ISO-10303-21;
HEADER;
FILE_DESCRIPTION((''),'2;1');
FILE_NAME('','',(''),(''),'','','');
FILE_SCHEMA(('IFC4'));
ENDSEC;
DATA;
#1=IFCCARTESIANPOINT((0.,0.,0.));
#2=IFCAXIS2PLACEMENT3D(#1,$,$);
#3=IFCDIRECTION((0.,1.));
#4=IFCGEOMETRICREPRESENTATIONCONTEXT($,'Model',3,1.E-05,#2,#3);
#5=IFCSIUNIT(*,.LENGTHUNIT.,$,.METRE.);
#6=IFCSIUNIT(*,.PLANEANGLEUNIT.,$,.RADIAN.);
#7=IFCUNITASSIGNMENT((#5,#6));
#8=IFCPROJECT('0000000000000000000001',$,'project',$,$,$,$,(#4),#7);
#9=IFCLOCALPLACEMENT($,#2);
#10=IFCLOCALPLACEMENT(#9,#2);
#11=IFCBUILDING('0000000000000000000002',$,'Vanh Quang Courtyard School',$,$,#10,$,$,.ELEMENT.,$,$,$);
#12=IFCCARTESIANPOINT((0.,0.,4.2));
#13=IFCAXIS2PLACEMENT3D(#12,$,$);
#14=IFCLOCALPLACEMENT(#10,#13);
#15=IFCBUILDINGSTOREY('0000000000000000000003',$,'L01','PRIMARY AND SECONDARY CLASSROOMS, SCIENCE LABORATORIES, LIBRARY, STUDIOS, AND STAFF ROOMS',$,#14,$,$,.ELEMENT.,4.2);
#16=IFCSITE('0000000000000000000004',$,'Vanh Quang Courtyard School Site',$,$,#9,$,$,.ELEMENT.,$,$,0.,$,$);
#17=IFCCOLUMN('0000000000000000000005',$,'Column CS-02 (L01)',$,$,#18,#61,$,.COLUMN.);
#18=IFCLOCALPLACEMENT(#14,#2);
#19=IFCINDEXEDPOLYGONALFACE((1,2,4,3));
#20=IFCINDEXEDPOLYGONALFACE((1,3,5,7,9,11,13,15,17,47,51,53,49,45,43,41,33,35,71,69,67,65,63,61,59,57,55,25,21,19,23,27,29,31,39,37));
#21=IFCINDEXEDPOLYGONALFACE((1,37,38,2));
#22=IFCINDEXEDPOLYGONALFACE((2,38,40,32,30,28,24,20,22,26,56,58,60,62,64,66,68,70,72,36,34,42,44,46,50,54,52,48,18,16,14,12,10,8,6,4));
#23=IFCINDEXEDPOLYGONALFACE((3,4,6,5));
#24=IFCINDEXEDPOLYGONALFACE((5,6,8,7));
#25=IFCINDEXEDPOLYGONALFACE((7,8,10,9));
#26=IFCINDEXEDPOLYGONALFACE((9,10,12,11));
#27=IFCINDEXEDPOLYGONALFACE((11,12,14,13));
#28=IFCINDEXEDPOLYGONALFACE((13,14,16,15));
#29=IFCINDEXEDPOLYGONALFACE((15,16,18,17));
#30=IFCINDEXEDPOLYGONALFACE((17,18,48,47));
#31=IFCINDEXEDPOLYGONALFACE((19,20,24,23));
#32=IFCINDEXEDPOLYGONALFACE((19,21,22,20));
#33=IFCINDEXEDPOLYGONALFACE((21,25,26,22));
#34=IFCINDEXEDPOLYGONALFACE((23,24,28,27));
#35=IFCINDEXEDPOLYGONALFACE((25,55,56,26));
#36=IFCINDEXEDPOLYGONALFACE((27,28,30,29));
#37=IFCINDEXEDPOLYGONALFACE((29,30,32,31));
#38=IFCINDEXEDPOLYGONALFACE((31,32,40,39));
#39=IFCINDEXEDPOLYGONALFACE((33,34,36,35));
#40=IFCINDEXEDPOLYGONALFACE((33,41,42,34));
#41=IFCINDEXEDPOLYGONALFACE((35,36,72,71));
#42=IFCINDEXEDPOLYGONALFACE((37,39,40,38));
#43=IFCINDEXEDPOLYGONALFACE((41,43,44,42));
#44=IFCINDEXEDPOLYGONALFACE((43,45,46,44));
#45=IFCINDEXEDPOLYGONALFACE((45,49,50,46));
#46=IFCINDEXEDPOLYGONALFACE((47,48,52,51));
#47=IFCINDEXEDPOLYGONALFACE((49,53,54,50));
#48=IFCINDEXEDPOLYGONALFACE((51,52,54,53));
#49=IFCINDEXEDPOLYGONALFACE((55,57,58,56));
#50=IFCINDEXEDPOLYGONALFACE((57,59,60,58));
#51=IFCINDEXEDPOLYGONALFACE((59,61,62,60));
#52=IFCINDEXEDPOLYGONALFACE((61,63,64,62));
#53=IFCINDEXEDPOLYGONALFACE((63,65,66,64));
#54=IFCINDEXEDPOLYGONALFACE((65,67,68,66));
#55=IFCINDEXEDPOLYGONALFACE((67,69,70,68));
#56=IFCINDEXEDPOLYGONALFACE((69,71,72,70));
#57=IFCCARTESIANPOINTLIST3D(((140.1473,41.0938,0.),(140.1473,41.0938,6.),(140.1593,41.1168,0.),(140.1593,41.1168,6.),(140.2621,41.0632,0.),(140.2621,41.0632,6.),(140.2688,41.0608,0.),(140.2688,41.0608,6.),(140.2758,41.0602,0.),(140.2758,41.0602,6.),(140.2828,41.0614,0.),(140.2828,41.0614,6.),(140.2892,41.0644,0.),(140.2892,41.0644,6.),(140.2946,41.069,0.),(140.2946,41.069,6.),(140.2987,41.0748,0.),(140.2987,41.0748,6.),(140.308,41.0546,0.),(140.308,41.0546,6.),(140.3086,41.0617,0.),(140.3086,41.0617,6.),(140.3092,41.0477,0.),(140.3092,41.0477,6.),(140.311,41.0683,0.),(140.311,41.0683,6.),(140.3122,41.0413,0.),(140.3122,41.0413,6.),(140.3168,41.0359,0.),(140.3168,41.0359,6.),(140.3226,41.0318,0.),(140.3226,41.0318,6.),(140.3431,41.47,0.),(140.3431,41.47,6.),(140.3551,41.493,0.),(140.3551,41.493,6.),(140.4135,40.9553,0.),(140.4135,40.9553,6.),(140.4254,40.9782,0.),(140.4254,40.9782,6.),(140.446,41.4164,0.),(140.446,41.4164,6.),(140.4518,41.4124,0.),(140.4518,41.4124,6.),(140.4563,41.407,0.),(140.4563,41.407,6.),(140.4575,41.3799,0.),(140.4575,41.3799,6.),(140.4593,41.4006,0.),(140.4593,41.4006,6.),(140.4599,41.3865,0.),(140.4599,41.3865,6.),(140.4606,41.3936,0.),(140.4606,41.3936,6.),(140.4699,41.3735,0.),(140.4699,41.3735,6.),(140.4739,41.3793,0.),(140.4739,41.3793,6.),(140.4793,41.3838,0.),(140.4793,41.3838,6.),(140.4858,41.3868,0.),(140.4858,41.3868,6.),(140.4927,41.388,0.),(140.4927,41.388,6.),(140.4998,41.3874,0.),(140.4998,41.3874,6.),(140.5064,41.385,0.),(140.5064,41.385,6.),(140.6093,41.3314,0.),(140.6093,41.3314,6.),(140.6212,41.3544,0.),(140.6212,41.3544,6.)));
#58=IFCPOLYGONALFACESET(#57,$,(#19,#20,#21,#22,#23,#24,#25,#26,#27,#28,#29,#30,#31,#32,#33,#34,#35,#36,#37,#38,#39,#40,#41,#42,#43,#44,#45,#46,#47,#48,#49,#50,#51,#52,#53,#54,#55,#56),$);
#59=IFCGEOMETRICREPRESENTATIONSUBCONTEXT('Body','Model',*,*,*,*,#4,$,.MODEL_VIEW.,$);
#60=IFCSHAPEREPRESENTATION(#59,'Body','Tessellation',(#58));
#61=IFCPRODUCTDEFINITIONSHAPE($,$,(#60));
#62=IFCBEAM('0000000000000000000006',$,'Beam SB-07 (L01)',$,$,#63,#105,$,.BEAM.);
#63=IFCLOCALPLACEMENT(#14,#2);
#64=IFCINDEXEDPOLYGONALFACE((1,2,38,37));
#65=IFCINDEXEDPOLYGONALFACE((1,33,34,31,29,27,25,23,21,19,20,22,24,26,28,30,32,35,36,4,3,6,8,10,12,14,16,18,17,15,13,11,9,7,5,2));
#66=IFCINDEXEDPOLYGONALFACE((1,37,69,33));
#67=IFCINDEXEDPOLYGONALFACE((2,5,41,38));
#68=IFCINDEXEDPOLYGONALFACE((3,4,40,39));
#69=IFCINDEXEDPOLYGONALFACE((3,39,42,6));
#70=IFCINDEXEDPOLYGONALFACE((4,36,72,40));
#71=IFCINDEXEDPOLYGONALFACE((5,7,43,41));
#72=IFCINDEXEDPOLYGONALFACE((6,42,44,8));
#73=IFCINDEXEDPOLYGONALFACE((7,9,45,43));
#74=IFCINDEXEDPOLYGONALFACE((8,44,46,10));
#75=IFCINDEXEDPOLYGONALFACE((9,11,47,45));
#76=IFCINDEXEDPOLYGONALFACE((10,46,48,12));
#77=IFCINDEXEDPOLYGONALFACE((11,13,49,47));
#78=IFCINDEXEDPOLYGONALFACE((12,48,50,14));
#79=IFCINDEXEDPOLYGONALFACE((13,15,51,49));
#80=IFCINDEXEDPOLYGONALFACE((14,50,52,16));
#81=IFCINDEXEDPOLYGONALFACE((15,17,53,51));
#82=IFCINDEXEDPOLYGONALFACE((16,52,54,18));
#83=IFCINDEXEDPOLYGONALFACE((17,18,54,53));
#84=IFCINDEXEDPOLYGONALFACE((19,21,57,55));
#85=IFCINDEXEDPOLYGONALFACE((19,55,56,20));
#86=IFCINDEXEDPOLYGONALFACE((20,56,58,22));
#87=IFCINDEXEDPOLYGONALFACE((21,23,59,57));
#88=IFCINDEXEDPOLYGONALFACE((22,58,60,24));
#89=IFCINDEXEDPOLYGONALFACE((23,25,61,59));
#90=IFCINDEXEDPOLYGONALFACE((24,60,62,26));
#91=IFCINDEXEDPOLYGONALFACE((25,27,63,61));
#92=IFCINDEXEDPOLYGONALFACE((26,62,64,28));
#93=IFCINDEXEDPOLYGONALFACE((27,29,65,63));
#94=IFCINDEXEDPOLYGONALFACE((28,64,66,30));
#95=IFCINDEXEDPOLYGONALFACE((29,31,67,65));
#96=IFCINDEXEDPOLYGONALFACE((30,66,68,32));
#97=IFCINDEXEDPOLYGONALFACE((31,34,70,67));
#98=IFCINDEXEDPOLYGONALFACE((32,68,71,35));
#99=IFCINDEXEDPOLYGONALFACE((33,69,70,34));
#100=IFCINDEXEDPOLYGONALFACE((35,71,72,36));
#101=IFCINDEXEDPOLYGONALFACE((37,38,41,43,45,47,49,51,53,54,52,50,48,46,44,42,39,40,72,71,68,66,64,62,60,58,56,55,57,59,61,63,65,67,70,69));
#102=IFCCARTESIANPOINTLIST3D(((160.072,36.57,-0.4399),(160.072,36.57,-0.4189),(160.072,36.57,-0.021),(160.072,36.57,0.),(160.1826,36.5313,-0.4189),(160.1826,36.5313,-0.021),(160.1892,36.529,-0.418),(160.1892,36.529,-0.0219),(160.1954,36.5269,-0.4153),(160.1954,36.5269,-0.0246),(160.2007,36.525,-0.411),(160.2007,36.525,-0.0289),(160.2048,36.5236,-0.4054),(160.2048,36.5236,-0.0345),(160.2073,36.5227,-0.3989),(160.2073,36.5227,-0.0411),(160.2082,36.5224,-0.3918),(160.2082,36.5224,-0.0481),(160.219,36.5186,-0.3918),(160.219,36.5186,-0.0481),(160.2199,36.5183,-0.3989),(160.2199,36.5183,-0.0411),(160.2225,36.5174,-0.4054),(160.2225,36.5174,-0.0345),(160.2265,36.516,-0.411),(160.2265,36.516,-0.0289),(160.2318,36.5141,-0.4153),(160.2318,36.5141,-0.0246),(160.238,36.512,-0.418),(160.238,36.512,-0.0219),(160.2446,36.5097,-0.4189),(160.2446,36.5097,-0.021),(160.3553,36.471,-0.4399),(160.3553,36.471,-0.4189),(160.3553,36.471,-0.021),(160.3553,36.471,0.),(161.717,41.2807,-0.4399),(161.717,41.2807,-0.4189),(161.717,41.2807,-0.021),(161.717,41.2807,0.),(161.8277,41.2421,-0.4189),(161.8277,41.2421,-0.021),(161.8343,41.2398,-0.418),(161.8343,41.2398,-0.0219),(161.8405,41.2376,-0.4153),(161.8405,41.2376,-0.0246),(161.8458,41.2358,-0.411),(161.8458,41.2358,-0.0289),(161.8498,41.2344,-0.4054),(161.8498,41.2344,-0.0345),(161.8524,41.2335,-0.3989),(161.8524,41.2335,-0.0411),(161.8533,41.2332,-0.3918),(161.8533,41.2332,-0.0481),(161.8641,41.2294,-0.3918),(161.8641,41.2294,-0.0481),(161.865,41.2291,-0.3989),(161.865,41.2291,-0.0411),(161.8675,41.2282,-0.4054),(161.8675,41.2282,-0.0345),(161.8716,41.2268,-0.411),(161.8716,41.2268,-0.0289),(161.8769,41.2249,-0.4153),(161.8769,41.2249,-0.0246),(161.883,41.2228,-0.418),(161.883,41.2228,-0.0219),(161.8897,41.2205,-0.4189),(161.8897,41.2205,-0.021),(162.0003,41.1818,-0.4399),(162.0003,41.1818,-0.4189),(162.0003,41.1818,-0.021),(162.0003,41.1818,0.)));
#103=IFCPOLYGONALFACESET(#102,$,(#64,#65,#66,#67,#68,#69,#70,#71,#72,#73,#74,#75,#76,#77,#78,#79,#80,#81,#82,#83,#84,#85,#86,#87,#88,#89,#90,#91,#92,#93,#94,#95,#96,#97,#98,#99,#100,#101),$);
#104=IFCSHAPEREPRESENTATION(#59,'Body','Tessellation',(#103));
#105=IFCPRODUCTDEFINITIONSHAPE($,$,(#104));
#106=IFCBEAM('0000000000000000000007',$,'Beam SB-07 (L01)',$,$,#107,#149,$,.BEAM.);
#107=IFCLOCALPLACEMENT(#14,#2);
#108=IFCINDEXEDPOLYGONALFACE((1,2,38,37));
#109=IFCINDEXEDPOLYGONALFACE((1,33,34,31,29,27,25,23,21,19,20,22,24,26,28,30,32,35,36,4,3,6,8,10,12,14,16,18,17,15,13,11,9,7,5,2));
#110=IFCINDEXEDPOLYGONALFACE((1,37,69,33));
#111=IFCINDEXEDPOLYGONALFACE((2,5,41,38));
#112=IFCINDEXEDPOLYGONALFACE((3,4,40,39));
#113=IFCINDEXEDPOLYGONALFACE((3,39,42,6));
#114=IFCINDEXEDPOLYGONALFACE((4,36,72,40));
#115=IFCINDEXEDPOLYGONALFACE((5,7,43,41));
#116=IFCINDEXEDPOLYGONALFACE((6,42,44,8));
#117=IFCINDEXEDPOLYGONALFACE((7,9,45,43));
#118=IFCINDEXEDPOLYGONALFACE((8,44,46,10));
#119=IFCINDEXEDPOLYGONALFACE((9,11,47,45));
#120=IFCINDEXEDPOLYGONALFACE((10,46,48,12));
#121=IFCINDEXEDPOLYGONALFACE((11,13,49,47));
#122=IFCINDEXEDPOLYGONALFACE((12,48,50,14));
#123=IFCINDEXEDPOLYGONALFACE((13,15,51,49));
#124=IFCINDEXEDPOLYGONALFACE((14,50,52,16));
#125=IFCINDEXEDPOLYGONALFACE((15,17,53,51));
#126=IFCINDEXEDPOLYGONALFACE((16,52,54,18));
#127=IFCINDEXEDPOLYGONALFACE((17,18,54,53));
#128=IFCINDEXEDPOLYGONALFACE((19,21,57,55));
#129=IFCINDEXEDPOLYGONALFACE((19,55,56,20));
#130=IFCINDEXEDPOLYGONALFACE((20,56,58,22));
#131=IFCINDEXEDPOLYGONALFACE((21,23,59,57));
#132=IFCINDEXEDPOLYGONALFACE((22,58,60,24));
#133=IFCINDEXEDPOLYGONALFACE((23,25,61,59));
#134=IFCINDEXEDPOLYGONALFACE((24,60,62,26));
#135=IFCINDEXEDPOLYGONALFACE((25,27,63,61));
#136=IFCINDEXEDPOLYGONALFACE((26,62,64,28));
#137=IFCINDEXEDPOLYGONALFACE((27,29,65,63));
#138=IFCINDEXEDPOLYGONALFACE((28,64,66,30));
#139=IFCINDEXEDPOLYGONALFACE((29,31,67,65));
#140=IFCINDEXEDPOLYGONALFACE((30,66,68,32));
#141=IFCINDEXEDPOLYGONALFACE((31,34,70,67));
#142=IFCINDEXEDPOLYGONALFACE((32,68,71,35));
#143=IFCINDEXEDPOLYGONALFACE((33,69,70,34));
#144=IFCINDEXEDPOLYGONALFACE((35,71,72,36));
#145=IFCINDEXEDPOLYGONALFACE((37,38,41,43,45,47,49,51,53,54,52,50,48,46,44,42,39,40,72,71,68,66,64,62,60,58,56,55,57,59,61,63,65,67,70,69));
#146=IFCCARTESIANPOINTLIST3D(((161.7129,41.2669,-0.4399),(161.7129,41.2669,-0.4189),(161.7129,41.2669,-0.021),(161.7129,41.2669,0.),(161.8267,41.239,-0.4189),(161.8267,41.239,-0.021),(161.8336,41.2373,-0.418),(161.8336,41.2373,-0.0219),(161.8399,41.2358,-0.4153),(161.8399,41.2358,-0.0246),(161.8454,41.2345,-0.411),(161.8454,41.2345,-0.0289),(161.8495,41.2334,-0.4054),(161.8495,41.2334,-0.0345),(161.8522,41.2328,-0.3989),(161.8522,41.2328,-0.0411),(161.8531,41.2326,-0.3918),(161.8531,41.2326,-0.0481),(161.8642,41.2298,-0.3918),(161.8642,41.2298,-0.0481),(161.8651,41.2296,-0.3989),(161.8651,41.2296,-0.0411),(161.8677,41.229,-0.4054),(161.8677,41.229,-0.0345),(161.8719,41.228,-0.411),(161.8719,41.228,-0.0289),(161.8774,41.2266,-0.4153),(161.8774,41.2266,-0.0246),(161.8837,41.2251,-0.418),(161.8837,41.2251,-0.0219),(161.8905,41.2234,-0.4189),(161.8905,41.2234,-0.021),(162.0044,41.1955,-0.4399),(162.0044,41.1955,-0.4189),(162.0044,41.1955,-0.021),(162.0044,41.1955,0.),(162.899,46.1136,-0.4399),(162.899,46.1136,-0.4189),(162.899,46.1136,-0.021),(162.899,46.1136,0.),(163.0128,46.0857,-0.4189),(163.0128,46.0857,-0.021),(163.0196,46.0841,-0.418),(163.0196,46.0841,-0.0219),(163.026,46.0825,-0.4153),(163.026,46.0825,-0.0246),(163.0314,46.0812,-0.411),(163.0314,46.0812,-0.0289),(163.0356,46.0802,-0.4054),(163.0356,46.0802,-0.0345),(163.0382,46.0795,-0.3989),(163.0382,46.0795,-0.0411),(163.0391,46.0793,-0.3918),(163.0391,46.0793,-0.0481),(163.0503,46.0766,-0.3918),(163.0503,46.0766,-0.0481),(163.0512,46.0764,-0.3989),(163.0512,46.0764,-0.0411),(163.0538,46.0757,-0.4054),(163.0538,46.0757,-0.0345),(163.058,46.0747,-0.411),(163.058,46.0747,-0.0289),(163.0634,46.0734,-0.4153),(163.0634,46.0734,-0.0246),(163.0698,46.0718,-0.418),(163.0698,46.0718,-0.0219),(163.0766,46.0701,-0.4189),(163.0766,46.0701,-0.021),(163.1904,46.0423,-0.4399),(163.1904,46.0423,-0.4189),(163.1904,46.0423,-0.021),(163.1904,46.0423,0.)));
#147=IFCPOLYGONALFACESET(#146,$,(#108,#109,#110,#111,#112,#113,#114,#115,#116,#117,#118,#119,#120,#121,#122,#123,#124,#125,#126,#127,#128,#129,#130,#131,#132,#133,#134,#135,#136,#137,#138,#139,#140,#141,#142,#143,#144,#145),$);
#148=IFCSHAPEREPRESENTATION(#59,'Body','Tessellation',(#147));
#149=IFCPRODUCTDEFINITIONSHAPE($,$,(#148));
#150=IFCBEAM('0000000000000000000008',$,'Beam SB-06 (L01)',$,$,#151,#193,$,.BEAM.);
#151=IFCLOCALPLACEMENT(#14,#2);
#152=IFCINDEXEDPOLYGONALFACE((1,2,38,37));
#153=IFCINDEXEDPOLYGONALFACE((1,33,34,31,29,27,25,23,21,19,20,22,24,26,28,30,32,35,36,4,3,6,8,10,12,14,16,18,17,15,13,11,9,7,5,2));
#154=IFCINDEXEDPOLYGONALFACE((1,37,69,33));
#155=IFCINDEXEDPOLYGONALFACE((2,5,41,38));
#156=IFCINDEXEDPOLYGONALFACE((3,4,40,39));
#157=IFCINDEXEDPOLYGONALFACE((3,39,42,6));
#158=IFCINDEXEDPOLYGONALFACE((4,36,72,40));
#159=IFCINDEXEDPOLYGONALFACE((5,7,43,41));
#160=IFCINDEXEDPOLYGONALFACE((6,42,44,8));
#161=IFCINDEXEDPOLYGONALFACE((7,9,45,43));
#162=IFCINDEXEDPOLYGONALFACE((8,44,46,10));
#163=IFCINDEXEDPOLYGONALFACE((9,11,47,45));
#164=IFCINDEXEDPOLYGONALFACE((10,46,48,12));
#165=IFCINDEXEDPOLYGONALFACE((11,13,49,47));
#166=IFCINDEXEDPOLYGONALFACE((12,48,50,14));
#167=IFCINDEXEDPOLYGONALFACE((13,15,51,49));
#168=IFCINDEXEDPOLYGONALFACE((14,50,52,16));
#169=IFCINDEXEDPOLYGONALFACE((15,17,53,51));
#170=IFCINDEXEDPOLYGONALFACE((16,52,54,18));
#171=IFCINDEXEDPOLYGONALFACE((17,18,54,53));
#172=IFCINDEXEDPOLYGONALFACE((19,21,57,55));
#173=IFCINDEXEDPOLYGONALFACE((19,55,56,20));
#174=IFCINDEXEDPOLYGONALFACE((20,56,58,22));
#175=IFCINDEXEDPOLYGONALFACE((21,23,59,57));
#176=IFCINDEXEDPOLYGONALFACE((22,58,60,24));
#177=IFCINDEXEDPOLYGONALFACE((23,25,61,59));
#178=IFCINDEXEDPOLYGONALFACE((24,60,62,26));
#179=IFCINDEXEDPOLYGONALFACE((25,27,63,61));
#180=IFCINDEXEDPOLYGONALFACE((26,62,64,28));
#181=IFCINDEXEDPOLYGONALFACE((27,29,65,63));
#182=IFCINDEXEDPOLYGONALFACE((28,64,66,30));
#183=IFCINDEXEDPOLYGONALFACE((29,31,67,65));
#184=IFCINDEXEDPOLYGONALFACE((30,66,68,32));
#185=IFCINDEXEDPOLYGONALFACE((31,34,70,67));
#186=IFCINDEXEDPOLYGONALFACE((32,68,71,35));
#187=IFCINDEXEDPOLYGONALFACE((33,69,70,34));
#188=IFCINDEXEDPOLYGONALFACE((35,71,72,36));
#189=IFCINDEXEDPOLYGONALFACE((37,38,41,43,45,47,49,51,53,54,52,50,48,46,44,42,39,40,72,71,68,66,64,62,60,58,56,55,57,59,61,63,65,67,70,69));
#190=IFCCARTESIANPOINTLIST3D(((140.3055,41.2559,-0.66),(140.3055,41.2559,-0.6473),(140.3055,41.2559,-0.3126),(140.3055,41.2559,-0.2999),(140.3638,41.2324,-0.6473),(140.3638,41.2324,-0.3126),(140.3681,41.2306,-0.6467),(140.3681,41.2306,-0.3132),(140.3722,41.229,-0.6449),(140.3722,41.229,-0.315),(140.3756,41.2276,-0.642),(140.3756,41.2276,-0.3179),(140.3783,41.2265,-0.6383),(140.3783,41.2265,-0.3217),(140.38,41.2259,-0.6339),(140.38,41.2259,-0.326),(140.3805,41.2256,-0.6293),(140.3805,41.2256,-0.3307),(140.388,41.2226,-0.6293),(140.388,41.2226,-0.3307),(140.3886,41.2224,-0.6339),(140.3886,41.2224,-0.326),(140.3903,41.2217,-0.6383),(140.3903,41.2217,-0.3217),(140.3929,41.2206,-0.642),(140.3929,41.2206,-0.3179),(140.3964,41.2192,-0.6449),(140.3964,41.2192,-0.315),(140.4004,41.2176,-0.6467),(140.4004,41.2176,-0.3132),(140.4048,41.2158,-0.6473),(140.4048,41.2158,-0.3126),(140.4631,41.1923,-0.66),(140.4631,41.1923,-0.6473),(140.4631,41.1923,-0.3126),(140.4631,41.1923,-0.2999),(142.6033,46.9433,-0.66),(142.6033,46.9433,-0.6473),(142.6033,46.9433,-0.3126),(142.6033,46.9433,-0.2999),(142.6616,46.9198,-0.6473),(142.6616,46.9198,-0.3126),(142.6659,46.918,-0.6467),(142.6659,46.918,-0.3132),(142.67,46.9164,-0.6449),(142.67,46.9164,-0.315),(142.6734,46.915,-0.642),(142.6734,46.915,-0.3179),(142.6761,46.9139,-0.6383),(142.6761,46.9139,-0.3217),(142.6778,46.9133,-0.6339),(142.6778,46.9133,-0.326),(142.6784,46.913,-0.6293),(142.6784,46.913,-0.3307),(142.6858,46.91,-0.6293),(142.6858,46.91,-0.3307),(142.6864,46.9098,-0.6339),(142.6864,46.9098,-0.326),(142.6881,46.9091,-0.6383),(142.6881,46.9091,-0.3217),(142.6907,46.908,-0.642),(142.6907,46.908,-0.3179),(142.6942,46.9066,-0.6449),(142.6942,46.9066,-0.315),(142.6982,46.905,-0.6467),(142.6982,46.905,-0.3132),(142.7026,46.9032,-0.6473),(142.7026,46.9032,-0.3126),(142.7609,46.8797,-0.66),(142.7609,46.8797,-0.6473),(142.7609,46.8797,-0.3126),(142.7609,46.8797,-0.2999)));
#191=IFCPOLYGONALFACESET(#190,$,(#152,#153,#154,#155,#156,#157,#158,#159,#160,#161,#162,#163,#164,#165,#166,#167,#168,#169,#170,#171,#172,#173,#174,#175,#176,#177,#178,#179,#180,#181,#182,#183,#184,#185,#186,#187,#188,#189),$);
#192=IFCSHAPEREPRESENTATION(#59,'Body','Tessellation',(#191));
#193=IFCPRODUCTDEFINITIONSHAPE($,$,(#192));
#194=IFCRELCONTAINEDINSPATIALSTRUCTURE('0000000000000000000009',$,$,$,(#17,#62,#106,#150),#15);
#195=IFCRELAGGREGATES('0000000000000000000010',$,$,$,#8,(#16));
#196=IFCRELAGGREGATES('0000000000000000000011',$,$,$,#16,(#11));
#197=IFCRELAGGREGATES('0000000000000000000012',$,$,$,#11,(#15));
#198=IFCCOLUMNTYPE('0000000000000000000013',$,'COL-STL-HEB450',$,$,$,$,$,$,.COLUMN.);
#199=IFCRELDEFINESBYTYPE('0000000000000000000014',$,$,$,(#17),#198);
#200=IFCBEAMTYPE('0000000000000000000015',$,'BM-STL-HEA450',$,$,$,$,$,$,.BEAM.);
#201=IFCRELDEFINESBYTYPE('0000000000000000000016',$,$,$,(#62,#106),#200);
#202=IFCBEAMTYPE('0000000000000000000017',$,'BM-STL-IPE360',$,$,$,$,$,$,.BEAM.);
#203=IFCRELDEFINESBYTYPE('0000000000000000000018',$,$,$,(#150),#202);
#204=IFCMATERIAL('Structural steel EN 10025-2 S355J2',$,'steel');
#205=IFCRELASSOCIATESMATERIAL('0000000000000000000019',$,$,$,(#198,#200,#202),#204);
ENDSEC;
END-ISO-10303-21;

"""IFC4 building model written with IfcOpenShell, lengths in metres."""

from ifc_helpers import new_model, si_unit, direction, frame, origin, origin_2d, place, context, subcontext, project, spatial, i_section, extrude, material, material_profile, profile_set, type_object, element, save


model = new_model("IFC4")

# Units and contexts
model_context = context("Model", 3, precision=1e-05, world=origin(), true_north=direction((0.0, 1.0)))
body_context = subcontext(model_context, "Body", "Model", "MODEL_VIEW")
ifc_project = project(units=[si_unit("LENGTHUNIT", "METRE"), si_unit("PLANEANGLEUNIT", "RADIAN")], contexts=[model_context])

# Site, building, storey
site_placement = place(None, origin())
site = spatial("IfcSite", under=ifc_project, at=site_placement, Name="Vanh Quang Courtyard School Site", CompositionType="ELEMENT", RefElevation=0.0)
building_placement = place(site_placement, origin())
building = spatial("IfcBuilding", under=site, at=building_placement, Name="Vanh Quang Courtyard School", CompositionType="ELEMENT")
storey_placement = place(building_placement, frame((0.0, 0.0, 4.2)))
storey = spatial("IfcBuildingStorey", under=building, at=storey_placement, Name="L01", Description="PRIMARY AND SECONDARY CLASSROOMS, SCIENCE LABORATORIES, LIBRARY, STUDIOS, AND STAFF ROOMS", CompositionType="ELEMENT", Elevation=4.2)

# Column
ifc_material_1 = material(Name="Structural steel EN 10025-2 S355J2", Category="steel")
ifc_material_profile_1 = material_profile(ifc_material_1, i_section(OverallWidth=0.3, OverallDepth=0.45, WebThickness=0.0139, FlangeThickness=0.0259, FilletRadius=0.0271, at=origin_2d()), Name="HEB 450")
ifc_profile_set_1 = profile_set([ifc_material_profile_1], Name="Structural steel EN 10025-2 S355J2")
column_type_1 = type_object("IfcColumnType", Name="COL-STL-HEB450", PredefinedType="COLUMN", material=ifc_profile_set_1)
column_1_placement = place(storey_placement, frame((140.3843, 41.2241, 0.0), z_axis=(0.0, 0.0, 1.0), x_axis=(0.887011, -0.461749, 0.0)))
element("IfcColumn", 1, at=column_1_placement, inside=storey, type_object=column_type_1, Name="Column CS-02 (L01)", PredefinedType="COLUMN", context=body_context, shape_type="SweptSolid", body=[
    extrude(i_section(OverallWidth=0.3, OverallDepth=0.45, WebThickness=0.0139, FlangeThickness=0.0259, FilletRadius=0.0271, at=origin_2d()), origin(), (0.0, 0.0, 1.0), 6.0),
])

# Beams
ifc_material_profile_2 = material_profile(ifc_material_1, i_section(OverallWidth=0.3, OverallDepth=0.4399, WebThickness=0.0115, FlangeThickness=0.021, FilletRadius=0.0271, at=origin_2d()), Name="HEA 450")
ifc_profile_set_2 = profile_set([ifc_material_profile_2], Name="Structural steel EN 10025-2 S355J2")
beam_type_1 = type_object("IfcBeamType", Name="BM-STL-HEA450", PredefinedType="BEAM", material=ifc_profile_set_2)
for number, where, z_axis, x_axis, name in (
    (2, (160.2136, 36.5205, -0.22), (0.329686, 0.944091, 0.0), (-0.944091, 0.329686, 0.0), "Beam SB-07 (L01)"),
    (3, (161.8586, 41.2312, -0.22), (0.237697, 0.971339, 0.0), (-0.971339, 0.237697, 0.0), "Beam SB-07 (L01)"),
):
    element("IfcBeam", number, at=place(storey_placement, frame(where, z_axis=z_axis, x_axis=x_axis)), inside=storey, type_object=beam_type_1, Name=name, PredefinedType="BEAM", context=body_context, shape_type="SweptSolid", body=[
        extrude(i_section(OverallWidth=0.3, OverallDepth=0.4399, WebThickness=0.0115, FlangeThickness=0.021, FilletRadius=0.0271, at=origin_2d()), origin(), (0.0, 0.0, 1.0), 4.9897),
    ])
ifc_material_profile_3 = material_profile(ifc_material_1, i_section(OverallWidth=0.1699, OverallDepth=0.3601, WebThickness=0.0081, FlangeThickness=0.0127, FilletRadius=0.0181, at=origin_2d()), Name="IPE 360")
ifc_profile_set_3 = profile_set([ifc_material_profile_3], Name="Structural steel EN 10025-2 S355J2")
beam_type_2 = type_object("IfcBeamType", Name="BM-STL-IPE360", PredefinedType="BEAM", material=ifc_profile_set_3)
beam_1_placement = place(storey_placement, frame((140.3843, 41.2241, -0.48), z_axis=(0.3746, 0.927187, 0.0), x_axis=(-0.927187, 0.3746, 0.0)))
element("IfcBeam", 4, at=beam_1_placement, inside=storey, type_object=beam_type_2, Name="Beam SB-06 (L01)", PredefinedType="BEAM", context=body_context, shape_type="SweptSolid", body=[
    extrude(i_section(OverallWidth=0.1699, OverallDepth=0.3601, WebThickness=0.0081, FlangeThickness=0.0127, FilletRadius=0.0181, at=origin_2d()), origin(), (0.0, 0.0, 1.0), 6.134),
])

save(model, "model.ifc")
